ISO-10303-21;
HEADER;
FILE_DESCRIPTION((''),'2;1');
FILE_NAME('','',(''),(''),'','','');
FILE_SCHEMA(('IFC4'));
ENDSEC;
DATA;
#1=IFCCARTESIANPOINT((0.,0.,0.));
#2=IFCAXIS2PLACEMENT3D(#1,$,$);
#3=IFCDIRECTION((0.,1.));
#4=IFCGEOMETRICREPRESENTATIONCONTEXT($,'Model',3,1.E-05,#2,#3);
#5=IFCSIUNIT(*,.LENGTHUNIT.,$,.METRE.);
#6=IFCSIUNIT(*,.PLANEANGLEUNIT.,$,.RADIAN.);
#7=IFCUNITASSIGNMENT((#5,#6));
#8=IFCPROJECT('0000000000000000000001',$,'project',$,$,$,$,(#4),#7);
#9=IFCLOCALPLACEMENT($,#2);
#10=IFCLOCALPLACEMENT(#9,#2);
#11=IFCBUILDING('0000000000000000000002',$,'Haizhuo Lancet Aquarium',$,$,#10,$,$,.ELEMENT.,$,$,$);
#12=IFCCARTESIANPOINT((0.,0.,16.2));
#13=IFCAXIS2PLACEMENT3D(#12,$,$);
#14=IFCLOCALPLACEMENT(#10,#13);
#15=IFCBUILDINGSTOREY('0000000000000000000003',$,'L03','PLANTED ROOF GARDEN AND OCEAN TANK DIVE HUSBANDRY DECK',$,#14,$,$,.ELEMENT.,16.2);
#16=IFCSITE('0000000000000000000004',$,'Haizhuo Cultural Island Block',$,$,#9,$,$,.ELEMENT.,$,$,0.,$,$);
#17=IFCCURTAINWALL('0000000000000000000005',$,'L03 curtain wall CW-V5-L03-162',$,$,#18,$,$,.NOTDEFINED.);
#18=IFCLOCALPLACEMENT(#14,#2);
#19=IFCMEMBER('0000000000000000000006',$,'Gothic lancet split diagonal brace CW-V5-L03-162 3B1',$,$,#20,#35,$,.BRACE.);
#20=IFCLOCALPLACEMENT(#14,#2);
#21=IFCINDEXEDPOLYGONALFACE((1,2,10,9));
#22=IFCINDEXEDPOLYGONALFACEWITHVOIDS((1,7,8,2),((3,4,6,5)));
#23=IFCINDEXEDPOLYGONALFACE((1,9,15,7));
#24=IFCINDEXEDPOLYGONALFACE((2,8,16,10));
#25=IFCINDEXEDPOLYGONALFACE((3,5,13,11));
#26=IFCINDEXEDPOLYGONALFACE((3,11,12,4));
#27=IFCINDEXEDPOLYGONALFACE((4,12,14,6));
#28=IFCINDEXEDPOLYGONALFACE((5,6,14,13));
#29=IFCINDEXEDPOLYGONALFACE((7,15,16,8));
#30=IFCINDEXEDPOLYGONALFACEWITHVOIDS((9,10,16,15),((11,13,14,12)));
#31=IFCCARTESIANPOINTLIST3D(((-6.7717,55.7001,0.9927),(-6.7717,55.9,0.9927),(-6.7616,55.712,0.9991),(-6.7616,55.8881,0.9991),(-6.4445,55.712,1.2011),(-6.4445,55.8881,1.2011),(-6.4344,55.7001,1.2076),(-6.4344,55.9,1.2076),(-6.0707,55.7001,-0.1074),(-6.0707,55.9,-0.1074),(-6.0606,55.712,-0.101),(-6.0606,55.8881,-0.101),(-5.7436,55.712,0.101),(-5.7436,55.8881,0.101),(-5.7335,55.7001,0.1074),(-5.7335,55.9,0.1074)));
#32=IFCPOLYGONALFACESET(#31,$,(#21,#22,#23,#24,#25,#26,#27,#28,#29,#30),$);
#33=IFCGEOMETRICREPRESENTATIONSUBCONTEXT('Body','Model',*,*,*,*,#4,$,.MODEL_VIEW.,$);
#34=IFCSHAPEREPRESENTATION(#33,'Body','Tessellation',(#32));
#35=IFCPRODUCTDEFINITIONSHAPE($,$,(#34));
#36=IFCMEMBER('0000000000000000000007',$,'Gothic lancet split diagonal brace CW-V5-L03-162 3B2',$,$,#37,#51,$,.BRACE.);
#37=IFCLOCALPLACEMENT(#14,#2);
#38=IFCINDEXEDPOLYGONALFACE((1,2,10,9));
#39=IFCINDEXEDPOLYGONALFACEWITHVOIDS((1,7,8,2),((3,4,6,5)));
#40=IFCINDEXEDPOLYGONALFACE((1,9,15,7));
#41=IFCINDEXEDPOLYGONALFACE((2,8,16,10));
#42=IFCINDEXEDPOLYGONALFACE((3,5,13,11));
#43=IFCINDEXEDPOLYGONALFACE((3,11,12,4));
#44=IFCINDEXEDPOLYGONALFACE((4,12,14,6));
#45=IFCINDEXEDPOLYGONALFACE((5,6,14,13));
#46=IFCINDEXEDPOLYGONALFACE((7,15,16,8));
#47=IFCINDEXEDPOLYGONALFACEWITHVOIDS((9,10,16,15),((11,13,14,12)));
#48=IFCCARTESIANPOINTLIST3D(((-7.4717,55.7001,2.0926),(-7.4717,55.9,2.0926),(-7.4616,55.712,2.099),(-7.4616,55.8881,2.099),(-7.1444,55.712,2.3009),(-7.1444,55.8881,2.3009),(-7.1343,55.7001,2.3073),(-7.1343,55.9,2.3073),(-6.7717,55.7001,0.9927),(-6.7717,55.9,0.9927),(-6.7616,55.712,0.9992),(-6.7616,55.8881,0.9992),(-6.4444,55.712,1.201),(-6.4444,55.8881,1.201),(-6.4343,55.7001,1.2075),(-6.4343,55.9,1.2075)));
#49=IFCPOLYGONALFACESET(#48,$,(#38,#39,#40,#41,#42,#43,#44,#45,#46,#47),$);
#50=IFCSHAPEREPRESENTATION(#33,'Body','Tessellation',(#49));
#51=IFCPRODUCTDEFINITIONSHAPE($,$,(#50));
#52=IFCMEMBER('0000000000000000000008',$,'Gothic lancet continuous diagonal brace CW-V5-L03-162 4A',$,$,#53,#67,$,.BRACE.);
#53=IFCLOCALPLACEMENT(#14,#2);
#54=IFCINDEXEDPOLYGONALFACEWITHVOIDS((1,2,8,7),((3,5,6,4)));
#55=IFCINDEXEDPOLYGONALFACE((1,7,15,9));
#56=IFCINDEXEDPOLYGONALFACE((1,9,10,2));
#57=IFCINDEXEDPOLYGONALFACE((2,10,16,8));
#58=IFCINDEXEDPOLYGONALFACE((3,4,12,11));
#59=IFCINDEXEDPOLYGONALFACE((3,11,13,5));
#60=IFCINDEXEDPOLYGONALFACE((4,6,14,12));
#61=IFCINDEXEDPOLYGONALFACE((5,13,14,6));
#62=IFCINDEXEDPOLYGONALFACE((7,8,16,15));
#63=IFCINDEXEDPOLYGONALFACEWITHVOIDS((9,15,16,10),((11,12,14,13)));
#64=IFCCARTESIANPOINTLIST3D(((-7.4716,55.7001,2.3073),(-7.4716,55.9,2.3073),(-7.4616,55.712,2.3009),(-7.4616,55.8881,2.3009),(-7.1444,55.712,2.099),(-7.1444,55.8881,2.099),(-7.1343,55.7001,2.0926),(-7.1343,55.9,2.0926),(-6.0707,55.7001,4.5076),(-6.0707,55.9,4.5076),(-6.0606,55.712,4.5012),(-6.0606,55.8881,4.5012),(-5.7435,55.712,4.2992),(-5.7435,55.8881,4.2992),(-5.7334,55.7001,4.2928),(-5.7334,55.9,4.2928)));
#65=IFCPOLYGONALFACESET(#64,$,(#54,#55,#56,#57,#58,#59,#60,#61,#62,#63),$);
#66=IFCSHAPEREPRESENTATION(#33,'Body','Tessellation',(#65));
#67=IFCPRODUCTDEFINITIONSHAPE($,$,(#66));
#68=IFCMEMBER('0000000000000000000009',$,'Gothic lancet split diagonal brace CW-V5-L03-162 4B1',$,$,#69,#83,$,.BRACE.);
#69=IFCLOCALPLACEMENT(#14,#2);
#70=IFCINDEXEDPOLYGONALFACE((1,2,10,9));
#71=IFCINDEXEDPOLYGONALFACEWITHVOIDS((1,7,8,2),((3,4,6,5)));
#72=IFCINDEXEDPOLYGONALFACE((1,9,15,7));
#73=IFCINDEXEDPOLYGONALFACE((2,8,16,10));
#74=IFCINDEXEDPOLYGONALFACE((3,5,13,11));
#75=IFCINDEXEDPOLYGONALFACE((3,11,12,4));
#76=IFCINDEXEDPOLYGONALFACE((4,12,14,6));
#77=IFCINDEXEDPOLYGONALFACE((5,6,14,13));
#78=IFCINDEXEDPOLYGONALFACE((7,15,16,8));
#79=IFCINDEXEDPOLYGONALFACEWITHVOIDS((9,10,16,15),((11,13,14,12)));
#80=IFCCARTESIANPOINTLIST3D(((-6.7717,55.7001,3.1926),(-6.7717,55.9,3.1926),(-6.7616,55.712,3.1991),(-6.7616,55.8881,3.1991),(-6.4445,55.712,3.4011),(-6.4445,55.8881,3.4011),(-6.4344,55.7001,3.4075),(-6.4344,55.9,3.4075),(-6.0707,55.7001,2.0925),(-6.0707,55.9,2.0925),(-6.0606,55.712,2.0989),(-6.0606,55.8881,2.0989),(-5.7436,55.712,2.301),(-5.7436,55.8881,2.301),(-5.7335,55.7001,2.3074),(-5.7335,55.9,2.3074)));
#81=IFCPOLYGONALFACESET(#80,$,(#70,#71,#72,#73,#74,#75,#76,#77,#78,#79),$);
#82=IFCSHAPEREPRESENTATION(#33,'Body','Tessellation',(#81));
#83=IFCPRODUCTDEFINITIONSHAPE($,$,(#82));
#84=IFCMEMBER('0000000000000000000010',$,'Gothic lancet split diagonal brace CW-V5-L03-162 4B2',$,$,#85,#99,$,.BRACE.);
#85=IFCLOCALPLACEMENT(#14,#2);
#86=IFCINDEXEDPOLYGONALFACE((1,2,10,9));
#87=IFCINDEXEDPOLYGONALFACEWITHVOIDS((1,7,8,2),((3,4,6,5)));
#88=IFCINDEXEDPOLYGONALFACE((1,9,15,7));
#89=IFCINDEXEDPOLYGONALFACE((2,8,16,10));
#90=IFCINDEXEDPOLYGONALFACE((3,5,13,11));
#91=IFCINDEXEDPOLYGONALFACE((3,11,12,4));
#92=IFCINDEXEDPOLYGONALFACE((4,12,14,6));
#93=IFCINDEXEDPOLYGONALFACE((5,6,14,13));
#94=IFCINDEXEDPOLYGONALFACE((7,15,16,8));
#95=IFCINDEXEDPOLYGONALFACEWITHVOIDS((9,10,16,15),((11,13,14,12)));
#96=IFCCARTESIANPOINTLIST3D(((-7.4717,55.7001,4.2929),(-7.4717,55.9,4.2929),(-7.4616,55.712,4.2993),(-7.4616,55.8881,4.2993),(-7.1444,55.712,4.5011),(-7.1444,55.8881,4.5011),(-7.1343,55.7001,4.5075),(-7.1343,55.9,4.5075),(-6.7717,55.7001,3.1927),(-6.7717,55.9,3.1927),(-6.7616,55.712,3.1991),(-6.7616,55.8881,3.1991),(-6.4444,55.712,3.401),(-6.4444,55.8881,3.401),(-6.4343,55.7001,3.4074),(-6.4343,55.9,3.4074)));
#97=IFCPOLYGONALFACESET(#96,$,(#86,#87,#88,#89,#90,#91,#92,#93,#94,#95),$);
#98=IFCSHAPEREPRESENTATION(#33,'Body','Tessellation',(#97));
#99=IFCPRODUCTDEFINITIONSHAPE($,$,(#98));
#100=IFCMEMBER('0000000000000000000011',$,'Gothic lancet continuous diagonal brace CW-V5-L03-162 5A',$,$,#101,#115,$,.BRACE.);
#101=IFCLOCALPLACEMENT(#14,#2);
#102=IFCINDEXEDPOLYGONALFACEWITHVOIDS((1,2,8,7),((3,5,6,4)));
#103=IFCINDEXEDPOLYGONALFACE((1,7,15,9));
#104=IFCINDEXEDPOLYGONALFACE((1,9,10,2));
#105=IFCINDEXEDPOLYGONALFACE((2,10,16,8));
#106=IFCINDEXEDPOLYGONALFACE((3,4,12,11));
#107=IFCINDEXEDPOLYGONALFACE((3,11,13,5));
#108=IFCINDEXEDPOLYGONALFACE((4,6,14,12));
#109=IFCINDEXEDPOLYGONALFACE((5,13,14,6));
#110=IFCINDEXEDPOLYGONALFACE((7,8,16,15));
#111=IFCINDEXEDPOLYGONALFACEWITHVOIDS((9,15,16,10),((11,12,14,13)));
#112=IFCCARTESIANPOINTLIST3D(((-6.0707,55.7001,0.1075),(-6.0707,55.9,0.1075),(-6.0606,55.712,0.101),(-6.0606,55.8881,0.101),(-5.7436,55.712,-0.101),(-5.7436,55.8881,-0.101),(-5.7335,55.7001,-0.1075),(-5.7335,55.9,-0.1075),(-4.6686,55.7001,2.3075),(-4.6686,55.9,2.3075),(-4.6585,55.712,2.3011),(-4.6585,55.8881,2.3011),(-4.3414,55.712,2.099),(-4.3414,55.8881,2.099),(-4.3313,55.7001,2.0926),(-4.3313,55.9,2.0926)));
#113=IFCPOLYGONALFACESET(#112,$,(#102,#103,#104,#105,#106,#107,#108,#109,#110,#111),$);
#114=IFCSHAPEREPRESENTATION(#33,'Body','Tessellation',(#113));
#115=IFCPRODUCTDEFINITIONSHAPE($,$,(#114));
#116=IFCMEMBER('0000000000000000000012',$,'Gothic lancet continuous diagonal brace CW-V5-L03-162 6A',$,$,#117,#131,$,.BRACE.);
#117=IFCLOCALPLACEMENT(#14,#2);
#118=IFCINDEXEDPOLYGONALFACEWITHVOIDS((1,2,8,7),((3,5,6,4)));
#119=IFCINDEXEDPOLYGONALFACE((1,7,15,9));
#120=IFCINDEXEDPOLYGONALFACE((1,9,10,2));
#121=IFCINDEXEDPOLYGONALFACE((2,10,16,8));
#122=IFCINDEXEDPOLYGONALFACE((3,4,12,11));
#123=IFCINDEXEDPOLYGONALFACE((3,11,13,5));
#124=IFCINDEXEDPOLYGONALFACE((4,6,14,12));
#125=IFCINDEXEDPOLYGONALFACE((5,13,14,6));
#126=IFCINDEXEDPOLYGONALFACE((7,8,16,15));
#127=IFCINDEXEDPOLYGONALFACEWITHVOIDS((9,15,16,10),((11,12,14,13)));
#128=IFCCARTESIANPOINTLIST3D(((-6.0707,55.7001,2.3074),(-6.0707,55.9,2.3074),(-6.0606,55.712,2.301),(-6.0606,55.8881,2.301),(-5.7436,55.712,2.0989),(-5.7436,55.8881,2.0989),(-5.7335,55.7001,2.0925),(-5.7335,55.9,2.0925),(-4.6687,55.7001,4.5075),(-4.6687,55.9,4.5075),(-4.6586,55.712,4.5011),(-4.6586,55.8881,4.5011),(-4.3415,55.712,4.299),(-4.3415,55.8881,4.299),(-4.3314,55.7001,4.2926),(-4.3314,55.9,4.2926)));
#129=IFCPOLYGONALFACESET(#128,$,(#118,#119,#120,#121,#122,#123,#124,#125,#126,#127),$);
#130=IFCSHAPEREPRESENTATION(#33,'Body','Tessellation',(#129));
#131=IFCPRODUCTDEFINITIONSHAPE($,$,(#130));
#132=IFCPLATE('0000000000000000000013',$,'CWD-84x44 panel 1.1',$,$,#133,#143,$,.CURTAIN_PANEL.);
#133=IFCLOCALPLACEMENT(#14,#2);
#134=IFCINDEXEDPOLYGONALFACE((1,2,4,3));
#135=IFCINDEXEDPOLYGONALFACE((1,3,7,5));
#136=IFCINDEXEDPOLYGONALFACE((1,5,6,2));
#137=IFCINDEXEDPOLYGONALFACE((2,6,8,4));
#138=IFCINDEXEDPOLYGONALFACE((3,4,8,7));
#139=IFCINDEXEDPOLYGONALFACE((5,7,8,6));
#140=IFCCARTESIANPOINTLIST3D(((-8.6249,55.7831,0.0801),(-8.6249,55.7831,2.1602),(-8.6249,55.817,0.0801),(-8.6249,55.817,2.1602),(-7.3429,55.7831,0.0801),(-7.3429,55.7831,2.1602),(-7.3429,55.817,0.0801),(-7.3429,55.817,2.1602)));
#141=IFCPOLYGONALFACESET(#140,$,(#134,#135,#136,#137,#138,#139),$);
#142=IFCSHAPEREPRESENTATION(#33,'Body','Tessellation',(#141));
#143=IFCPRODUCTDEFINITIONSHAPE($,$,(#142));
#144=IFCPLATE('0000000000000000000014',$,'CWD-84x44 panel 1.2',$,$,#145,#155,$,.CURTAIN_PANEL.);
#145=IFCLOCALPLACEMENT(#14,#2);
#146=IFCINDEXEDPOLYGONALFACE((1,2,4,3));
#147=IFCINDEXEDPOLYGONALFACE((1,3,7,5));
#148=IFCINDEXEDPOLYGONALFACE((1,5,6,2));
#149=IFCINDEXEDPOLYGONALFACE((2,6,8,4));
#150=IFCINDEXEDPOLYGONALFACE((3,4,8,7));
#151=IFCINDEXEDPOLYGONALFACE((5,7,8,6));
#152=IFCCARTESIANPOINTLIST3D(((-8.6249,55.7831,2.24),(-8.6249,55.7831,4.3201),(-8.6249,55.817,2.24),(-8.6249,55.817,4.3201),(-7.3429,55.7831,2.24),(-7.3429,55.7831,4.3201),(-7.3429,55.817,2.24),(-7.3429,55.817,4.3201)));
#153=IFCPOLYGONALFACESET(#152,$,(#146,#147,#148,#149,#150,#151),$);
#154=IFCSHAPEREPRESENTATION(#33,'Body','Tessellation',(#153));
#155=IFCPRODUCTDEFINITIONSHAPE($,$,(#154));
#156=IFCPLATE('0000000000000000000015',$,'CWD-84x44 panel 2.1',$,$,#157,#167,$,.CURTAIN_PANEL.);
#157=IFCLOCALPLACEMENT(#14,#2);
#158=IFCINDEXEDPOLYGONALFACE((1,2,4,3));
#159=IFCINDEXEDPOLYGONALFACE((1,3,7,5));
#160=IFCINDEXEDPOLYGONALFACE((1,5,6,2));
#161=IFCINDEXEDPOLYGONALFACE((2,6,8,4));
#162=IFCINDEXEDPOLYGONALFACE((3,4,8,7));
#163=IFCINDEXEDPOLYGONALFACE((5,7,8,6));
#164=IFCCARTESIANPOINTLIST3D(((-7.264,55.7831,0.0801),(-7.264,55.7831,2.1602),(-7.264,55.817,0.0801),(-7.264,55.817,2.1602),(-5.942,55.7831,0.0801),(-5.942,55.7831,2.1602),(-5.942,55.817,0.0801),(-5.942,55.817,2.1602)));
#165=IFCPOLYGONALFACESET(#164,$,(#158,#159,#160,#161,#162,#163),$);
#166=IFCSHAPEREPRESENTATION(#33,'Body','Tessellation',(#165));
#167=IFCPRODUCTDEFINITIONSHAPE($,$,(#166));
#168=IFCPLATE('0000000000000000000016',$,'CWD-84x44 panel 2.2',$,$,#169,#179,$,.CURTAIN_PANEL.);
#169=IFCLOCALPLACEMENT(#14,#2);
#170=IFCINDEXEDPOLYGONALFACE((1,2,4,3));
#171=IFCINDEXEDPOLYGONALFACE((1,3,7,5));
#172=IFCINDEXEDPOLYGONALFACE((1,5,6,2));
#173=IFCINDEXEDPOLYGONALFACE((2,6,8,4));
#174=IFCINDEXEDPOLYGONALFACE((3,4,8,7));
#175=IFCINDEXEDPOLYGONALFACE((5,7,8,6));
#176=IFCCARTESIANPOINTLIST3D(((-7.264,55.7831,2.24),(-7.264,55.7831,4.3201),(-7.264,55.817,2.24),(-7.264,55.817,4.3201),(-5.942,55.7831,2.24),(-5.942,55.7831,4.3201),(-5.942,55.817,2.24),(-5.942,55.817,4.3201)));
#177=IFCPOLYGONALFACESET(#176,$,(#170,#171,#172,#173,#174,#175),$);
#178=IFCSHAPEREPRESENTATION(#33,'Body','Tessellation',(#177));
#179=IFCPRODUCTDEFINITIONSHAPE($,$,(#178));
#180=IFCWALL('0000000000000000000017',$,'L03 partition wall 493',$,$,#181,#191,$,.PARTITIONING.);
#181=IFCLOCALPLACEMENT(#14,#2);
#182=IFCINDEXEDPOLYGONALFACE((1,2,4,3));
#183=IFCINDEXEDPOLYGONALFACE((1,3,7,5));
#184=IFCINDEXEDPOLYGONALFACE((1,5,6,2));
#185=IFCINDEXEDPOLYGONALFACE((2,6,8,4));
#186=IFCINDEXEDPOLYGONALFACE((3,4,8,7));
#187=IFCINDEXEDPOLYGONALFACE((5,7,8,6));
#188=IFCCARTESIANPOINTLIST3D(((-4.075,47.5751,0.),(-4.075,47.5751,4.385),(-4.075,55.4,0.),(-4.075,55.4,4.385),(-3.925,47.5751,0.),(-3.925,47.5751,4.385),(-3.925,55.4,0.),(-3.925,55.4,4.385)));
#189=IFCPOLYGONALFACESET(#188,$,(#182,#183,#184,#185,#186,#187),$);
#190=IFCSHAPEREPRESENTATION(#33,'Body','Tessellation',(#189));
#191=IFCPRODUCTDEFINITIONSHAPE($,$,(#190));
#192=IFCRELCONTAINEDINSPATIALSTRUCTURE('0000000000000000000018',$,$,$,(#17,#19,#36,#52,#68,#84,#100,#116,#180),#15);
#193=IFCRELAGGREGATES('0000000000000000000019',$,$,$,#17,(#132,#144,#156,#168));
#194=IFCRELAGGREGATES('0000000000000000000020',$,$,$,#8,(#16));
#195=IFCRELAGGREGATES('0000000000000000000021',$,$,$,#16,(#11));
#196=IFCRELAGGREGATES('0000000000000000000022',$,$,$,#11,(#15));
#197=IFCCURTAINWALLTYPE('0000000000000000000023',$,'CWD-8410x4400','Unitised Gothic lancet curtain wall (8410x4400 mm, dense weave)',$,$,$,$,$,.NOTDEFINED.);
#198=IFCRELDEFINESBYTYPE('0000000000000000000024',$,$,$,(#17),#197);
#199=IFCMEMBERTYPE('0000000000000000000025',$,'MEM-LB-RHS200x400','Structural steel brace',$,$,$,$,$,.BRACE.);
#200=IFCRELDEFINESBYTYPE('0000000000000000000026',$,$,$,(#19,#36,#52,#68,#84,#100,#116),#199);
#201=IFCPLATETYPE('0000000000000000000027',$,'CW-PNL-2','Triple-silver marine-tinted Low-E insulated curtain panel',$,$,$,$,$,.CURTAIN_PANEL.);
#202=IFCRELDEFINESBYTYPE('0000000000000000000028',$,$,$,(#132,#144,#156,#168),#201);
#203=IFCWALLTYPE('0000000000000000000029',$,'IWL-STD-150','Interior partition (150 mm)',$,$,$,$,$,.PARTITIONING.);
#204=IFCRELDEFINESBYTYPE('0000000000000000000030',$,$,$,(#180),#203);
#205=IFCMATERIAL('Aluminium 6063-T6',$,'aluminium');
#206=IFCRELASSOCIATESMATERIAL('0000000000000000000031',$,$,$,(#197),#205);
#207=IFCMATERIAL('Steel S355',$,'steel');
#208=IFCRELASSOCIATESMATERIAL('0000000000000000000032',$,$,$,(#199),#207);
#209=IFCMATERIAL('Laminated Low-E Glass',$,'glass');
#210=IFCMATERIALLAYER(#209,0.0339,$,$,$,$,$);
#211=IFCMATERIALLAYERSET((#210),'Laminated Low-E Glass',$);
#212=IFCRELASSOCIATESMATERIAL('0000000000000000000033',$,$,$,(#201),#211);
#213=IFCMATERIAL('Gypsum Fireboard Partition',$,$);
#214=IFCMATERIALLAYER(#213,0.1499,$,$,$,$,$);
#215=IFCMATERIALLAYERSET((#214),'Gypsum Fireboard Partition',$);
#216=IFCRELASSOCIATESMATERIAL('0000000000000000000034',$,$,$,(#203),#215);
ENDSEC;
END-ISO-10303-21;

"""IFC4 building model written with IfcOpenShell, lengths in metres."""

from ifc_helpers import new_model, si_unit, direction, frame, frame_2d, origin, origin_2d, place, context, subcontext, project, spatial, rectangle, hollow_rectangle, extrude, material, layer, layer_set, material_profile, profile_set, type_object, element, aggregate, save


model = new_model("IFC4")

# Units and contexts
model_context = context("Model", 3, precision=1e-05, world=origin(), true_north=direction((0.0, 1.0)))
body_context = subcontext(model_context, "Body", "Model", "MODEL_VIEW")
ifc_project = project(units=[si_unit("LENGTHUNIT", "METRE"), si_unit("PLANEANGLEUNIT", "RADIAN")], contexts=[model_context])

# Site, building, storey
site_placement = place(None, origin())
site = spatial("IfcSite", under=ifc_project, at=site_placement, Name="Haizhuo Cultural Island Block", CompositionType="ELEMENT", RefElevation=0.0)
building_placement = place(site_placement, origin())
building = spatial("IfcBuilding", under=site, at=building_placement, Name="Haizhuo Lancet Aquarium", CompositionType="ELEMENT")
storey_placement = place(building_placement, frame((0.0, 0.0, 16.2)))
storey = spatial("IfcBuildingStorey", under=building, at=storey_placement, Name="L03", Description="PLANTED ROOF GARDEN AND OCEAN TANK DIVE HUSBANDRY DECK", CompositionType="ELEMENT", Elevation=16.2)

# Curtain wall
ifc_material_1 = material(Name="Aluminium 6063-T6", Category="aluminium")
curtain_wall_type = type_object("IfcCurtainWallType", Name="CWD-8410x4400", Description="Unitised Gothic lancet curtain wall (8410x4400 mm, dense weave)", PredefinedType="NOTDEFINED", material=ifc_material_1)
curtain_wall_placement = place(storey_placement, origin())
curtain_wall = element("IfcCurtainWall", 1, at=curtain_wall_placement, inside=storey, type_object=curtain_wall_type, Name="L03 curtain wall CW-V5-L03-162", PredefinedType="NOTDEFINED")

# Members
ifc_material_2 = material(Name="Steel S355", Category="steel")
ifc_material_profile_1 = material_profile(ifc_material_2, hollow_rectangle(XDim=0.2, YDim=0.3999, WallThickness=0.012, at=origin_2d()), Name="RHS 200x400x12")
ifc_profile_set_1 = profile_set([ifc_material_profile_1], Name="Steel S355")
member_type_1 = type_object("IfcMemberType", Name="MEM-LB-RHS200x400", Description="Structural steel brace", PredefinedType="BRACE", material=ifc_profile_set_1)
member_1_placement = place(storey_placement, frame((-5.9021, 55.8, 0.0), z_axis=(-0.537348, 0.0, 0.843361), x_axis=(0.0, -1.0, 0.0)))
element("IfcMember", 2, at=member_1_placement, inside=storey, type_object=member_type_1, Name="Gothic lancet split diagonal brace CW-V5-L03-162 3B1", PredefinedType="BRACE", context=body_context, shape_type="SweptSolid", body=[
    extrude(hollow_rectangle(XDim=0.2, YDim=0.3999, WallThickness=0.012, at=origin_2d()), origin(), (0.0, 0.0, 1.0), 1.3044),
])
member_2_placement = place(storey_placement, frame((-6.603, 55.8, 1.1001), z_axis=(-0.5369, 0.0, 0.843646), x_axis=(0.0, -1.0, 0.0)))
element("IfcMember", 3, at=member_2_placement, inside=storey, type_object=member_type_1, Name="Gothic lancet split diagonal brace CW-V5-L03-162 3B2", PredefinedType="BRACE", context=body_context, shape_type="SweptSolid", body=[
    extrude(hollow_rectangle(XDim=0.2, YDim=0.3999, WallThickness=0.012, at=origin_2d()), origin(), (0.0, 0.0, 1.0), 1.3037),
])
member_3_placement = place(storey_placement, frame((-7.303, 55.8, 2.2), z_axis=(0.537081, 0.0, 0.84353), x_axis=(0.0, 1.0, 0.0)))
element("IfcMember", 4, at=member_3_placement, inside=storey, type_object=member_type_1, Name="Gothic lancet continuous diagonal brace CW-V5-L03-162 4A", PredefinedType="BRACE", context=body_context, shape_type="SweptSolid", body=[
    extrude(hollow_rectangle(XDim=0.2, YDim=0.3999, WallThickness=0.012, at=origin_2d()), origin(), (0.0, 0.0, 1.0), 2.6084),
])
member_4_placement = place(storey_placement, frame((-5.9021, 55.8, 2.2), z_axis=(-0.537348, 0.0, 0.843361), x_axis=(0.0, -1.0, 0.0)))
element("IfcMember", 5, at=member_4_placement, inside=storey, type_object=member_type_1, Name="Gothic lancet split diagonal brace CW-V5-L03-162 4B1", PredefinedType="BRACE", context=body_context, shape_type="SweptSolid", body=[
    extrude(hollow_rectangle(XDim=0.2, YDim=0.3999, WallThickness=0.012, at=origin_2d()), origin(), (0.0, 0.0, 1.0), 1.3044),
])
member_5_placement = place(storey_placement, frame((-6.603, 55.8, 3.3), z_axis=(-0.536815, 0.0, 0.8437), x_axis=(0.0, -1.0, 0.0)))
element("IfcMember", 6, at=member_5_placement, inside=storey, type_object=member_type_1, Name="Gothic lancet split diagonal brace CW-V5-L03-162 4B2", PredefinedType="BRACE", context=body_context, shape_type="SweptSolid", body=[
    extrude(hollow_rectangle(XDim=0.2, YDim=0.3999, WallThickness=0.012, at=origin_2d()), origin(), (0.0, 0.0, 1.0), 1.304),
])
for number, where, z_axis, x_axis, name in (
    (7, (-5.9021, 55.8, 0.0), (0.537457, 0.0, 0.843291), (0.0, 1.0, 0.0), "Gothic lancet continuous diagonal brace CW-V5-L03-162 5A"),
    (8, (-5.9021, 55.8, 2.2), (0.537414, 0.0, 0.843318), (0.0, 1.0, 0.0), "Gothic lancet continuous diagonal brace CW-V5-L03-162 6A"),
):
    element("IfcMember", number, at=place(storey_placement, frame(where, z_axis=z_axis, x_axis=x_axis)), inside=storey, type_object=member_type_1, Name=name, PredefinedType="BRACE", context=body_context, shape_type="SweptSolid", body=[
        extrude(hollow_rectangle(XDim=0.2, YDim=0.3999, WallThickness=0.012, at=origin_2d()), origin(), (0.0, 0.0, 1.0), 2.6089),
    ])

# Plates
ifc_material_3 = material(Name="Laminated Low-E Glass", Category="glass")
ifc_layer_1 = layer(ifc_material_3, 0.0339)
ifc_layer_set_1 = layer_set([ifc_layer_1], Name="Laminated Low-E Glass")
plate_type = type_object("IfcPlateType", Name="CW-PNL-2", Description="Triple-silver marine-tinted Low-E insulated curtain panel", PredefinedType="CURTAIN_PANEL", material=ifc_layer_set_1)
plate_1_placement = place(storey_placement, frame((-7.9839, 55.8, 0.0801), z_axis=(0.0, 0.0, 1.0), x_axis=(1.0, 0.0, 0.0)))
plate_1 = element("IfcPlate", 9, at=plate_1_placement, type_object=plate_type, Name="CWD-84x44 panel 1.1", PredefinedType="CURTAIN_PANEL", context=body_context, shape_type="SweptSolid", body=[
    extrude(rectangle(XDim=1.282, YDim=0.0339, at=origin_2d()), origin(), (0.0, 0.0, 1.0), 2.0801),
])
plate_2_placement = place(storey_placement, frame((-7.9839, 55.8, 2.24), z_axis=(0.0, 0.0, 1.0), x_axis=(1.0, 0.0, 0.0)))
plate_2 = element("IfcPlate", 10, at=plate_2_placement, type_object=plate_type, Name="CWD-84x44 panel 1.2", PredefinedType="CURTAIN_PANEL", context=body_context, shape_type="SweptSolid", body=[
    extrude(rectangle(XDim=1.282, YDim=0.0339, at=origin_2d()), origin(), (0.0, 0.0, 1.0), 2.0801),
])
plate_3_placement = place(storey_placement, frame((-6.603, 55.8, 0.0801), z_axis=(0.0, 0.0, 1.0), x_axis=(1.0, 0.0, 0.0)))
plate_3 = element("IfcPlate", 11, at=plate_3_placement, type_object=plate_type, Name="CWD-84x44 panel 2.1", PredefinedType="CURTAIN_PANEL", context=body_context, shape_type="SweptSolid", body=[
    extrude(rectangle(XDim=1.322, YDim=0.0339, at=origin_2d()), origin(), (0.0, 0.0, 1.0), 2.0801),
])
plate_4_placement = place(storey_placement, frame((-6.603, 55.8, 2.24), z_axis=(0.0, 0.0, 1.0), x_axis=(1.0, 0.0, 0.0)))
plate_4 = element("IfcPlate", 12, at=plate_4_placement, type_object=plate_type, Name="CWD-84x44 panel 2.2", PredefinedType="CURTAIN_PANEL", context=body_context, shape_type="SweptSolid", body=[
    extrude(rectangle(XDim=1.322, YDim=0.0339, at=origin_2d()), origin(), (0.0, 0.0, 1.0), 2.0801),
])
aggregate(curtain_wall, [plate_1, plate_2, plate_3, plate_4])

# Wall
ifc_material_4 = material(Name="Gypsum Fireboard Partition")
ifc_layer_2 = layer(ifc_material_4, 0.1499)
ifc_layer_set_2 = layer_set([ifc_layer_2], Name="Gypsum Fireboard Partition")
wall_type_1 = type_object("IfcWallType", Name="IWL-STD-150", Description="Interior partition (150 mm)", PredefinedType="PARTITIONING", material=ifc_layer_set_2)
wall_1_placement = place(storey_placement, frame((-4.0, 47.575, 0.0), z_axis=(0.0, 0.0, 1.0), x_axis=(0.0, 1.0, 0.0)))
element("IfcWall", 13, at=wall_1_placement, inside=storey, type_object=wall_type_1, Name="L03 partition wall 493", PredefinedType="PARTITIONING", context=body_context, shape_type="SweptSolid", body=[
    extrude(rectangle(XDim=7.825, YDim=0.1499, at=frame_2d((3.9126, 0.0))), origin(), (0.0, 0.0, 1.0), 4.385),
])

save(model, "model.ifc")
